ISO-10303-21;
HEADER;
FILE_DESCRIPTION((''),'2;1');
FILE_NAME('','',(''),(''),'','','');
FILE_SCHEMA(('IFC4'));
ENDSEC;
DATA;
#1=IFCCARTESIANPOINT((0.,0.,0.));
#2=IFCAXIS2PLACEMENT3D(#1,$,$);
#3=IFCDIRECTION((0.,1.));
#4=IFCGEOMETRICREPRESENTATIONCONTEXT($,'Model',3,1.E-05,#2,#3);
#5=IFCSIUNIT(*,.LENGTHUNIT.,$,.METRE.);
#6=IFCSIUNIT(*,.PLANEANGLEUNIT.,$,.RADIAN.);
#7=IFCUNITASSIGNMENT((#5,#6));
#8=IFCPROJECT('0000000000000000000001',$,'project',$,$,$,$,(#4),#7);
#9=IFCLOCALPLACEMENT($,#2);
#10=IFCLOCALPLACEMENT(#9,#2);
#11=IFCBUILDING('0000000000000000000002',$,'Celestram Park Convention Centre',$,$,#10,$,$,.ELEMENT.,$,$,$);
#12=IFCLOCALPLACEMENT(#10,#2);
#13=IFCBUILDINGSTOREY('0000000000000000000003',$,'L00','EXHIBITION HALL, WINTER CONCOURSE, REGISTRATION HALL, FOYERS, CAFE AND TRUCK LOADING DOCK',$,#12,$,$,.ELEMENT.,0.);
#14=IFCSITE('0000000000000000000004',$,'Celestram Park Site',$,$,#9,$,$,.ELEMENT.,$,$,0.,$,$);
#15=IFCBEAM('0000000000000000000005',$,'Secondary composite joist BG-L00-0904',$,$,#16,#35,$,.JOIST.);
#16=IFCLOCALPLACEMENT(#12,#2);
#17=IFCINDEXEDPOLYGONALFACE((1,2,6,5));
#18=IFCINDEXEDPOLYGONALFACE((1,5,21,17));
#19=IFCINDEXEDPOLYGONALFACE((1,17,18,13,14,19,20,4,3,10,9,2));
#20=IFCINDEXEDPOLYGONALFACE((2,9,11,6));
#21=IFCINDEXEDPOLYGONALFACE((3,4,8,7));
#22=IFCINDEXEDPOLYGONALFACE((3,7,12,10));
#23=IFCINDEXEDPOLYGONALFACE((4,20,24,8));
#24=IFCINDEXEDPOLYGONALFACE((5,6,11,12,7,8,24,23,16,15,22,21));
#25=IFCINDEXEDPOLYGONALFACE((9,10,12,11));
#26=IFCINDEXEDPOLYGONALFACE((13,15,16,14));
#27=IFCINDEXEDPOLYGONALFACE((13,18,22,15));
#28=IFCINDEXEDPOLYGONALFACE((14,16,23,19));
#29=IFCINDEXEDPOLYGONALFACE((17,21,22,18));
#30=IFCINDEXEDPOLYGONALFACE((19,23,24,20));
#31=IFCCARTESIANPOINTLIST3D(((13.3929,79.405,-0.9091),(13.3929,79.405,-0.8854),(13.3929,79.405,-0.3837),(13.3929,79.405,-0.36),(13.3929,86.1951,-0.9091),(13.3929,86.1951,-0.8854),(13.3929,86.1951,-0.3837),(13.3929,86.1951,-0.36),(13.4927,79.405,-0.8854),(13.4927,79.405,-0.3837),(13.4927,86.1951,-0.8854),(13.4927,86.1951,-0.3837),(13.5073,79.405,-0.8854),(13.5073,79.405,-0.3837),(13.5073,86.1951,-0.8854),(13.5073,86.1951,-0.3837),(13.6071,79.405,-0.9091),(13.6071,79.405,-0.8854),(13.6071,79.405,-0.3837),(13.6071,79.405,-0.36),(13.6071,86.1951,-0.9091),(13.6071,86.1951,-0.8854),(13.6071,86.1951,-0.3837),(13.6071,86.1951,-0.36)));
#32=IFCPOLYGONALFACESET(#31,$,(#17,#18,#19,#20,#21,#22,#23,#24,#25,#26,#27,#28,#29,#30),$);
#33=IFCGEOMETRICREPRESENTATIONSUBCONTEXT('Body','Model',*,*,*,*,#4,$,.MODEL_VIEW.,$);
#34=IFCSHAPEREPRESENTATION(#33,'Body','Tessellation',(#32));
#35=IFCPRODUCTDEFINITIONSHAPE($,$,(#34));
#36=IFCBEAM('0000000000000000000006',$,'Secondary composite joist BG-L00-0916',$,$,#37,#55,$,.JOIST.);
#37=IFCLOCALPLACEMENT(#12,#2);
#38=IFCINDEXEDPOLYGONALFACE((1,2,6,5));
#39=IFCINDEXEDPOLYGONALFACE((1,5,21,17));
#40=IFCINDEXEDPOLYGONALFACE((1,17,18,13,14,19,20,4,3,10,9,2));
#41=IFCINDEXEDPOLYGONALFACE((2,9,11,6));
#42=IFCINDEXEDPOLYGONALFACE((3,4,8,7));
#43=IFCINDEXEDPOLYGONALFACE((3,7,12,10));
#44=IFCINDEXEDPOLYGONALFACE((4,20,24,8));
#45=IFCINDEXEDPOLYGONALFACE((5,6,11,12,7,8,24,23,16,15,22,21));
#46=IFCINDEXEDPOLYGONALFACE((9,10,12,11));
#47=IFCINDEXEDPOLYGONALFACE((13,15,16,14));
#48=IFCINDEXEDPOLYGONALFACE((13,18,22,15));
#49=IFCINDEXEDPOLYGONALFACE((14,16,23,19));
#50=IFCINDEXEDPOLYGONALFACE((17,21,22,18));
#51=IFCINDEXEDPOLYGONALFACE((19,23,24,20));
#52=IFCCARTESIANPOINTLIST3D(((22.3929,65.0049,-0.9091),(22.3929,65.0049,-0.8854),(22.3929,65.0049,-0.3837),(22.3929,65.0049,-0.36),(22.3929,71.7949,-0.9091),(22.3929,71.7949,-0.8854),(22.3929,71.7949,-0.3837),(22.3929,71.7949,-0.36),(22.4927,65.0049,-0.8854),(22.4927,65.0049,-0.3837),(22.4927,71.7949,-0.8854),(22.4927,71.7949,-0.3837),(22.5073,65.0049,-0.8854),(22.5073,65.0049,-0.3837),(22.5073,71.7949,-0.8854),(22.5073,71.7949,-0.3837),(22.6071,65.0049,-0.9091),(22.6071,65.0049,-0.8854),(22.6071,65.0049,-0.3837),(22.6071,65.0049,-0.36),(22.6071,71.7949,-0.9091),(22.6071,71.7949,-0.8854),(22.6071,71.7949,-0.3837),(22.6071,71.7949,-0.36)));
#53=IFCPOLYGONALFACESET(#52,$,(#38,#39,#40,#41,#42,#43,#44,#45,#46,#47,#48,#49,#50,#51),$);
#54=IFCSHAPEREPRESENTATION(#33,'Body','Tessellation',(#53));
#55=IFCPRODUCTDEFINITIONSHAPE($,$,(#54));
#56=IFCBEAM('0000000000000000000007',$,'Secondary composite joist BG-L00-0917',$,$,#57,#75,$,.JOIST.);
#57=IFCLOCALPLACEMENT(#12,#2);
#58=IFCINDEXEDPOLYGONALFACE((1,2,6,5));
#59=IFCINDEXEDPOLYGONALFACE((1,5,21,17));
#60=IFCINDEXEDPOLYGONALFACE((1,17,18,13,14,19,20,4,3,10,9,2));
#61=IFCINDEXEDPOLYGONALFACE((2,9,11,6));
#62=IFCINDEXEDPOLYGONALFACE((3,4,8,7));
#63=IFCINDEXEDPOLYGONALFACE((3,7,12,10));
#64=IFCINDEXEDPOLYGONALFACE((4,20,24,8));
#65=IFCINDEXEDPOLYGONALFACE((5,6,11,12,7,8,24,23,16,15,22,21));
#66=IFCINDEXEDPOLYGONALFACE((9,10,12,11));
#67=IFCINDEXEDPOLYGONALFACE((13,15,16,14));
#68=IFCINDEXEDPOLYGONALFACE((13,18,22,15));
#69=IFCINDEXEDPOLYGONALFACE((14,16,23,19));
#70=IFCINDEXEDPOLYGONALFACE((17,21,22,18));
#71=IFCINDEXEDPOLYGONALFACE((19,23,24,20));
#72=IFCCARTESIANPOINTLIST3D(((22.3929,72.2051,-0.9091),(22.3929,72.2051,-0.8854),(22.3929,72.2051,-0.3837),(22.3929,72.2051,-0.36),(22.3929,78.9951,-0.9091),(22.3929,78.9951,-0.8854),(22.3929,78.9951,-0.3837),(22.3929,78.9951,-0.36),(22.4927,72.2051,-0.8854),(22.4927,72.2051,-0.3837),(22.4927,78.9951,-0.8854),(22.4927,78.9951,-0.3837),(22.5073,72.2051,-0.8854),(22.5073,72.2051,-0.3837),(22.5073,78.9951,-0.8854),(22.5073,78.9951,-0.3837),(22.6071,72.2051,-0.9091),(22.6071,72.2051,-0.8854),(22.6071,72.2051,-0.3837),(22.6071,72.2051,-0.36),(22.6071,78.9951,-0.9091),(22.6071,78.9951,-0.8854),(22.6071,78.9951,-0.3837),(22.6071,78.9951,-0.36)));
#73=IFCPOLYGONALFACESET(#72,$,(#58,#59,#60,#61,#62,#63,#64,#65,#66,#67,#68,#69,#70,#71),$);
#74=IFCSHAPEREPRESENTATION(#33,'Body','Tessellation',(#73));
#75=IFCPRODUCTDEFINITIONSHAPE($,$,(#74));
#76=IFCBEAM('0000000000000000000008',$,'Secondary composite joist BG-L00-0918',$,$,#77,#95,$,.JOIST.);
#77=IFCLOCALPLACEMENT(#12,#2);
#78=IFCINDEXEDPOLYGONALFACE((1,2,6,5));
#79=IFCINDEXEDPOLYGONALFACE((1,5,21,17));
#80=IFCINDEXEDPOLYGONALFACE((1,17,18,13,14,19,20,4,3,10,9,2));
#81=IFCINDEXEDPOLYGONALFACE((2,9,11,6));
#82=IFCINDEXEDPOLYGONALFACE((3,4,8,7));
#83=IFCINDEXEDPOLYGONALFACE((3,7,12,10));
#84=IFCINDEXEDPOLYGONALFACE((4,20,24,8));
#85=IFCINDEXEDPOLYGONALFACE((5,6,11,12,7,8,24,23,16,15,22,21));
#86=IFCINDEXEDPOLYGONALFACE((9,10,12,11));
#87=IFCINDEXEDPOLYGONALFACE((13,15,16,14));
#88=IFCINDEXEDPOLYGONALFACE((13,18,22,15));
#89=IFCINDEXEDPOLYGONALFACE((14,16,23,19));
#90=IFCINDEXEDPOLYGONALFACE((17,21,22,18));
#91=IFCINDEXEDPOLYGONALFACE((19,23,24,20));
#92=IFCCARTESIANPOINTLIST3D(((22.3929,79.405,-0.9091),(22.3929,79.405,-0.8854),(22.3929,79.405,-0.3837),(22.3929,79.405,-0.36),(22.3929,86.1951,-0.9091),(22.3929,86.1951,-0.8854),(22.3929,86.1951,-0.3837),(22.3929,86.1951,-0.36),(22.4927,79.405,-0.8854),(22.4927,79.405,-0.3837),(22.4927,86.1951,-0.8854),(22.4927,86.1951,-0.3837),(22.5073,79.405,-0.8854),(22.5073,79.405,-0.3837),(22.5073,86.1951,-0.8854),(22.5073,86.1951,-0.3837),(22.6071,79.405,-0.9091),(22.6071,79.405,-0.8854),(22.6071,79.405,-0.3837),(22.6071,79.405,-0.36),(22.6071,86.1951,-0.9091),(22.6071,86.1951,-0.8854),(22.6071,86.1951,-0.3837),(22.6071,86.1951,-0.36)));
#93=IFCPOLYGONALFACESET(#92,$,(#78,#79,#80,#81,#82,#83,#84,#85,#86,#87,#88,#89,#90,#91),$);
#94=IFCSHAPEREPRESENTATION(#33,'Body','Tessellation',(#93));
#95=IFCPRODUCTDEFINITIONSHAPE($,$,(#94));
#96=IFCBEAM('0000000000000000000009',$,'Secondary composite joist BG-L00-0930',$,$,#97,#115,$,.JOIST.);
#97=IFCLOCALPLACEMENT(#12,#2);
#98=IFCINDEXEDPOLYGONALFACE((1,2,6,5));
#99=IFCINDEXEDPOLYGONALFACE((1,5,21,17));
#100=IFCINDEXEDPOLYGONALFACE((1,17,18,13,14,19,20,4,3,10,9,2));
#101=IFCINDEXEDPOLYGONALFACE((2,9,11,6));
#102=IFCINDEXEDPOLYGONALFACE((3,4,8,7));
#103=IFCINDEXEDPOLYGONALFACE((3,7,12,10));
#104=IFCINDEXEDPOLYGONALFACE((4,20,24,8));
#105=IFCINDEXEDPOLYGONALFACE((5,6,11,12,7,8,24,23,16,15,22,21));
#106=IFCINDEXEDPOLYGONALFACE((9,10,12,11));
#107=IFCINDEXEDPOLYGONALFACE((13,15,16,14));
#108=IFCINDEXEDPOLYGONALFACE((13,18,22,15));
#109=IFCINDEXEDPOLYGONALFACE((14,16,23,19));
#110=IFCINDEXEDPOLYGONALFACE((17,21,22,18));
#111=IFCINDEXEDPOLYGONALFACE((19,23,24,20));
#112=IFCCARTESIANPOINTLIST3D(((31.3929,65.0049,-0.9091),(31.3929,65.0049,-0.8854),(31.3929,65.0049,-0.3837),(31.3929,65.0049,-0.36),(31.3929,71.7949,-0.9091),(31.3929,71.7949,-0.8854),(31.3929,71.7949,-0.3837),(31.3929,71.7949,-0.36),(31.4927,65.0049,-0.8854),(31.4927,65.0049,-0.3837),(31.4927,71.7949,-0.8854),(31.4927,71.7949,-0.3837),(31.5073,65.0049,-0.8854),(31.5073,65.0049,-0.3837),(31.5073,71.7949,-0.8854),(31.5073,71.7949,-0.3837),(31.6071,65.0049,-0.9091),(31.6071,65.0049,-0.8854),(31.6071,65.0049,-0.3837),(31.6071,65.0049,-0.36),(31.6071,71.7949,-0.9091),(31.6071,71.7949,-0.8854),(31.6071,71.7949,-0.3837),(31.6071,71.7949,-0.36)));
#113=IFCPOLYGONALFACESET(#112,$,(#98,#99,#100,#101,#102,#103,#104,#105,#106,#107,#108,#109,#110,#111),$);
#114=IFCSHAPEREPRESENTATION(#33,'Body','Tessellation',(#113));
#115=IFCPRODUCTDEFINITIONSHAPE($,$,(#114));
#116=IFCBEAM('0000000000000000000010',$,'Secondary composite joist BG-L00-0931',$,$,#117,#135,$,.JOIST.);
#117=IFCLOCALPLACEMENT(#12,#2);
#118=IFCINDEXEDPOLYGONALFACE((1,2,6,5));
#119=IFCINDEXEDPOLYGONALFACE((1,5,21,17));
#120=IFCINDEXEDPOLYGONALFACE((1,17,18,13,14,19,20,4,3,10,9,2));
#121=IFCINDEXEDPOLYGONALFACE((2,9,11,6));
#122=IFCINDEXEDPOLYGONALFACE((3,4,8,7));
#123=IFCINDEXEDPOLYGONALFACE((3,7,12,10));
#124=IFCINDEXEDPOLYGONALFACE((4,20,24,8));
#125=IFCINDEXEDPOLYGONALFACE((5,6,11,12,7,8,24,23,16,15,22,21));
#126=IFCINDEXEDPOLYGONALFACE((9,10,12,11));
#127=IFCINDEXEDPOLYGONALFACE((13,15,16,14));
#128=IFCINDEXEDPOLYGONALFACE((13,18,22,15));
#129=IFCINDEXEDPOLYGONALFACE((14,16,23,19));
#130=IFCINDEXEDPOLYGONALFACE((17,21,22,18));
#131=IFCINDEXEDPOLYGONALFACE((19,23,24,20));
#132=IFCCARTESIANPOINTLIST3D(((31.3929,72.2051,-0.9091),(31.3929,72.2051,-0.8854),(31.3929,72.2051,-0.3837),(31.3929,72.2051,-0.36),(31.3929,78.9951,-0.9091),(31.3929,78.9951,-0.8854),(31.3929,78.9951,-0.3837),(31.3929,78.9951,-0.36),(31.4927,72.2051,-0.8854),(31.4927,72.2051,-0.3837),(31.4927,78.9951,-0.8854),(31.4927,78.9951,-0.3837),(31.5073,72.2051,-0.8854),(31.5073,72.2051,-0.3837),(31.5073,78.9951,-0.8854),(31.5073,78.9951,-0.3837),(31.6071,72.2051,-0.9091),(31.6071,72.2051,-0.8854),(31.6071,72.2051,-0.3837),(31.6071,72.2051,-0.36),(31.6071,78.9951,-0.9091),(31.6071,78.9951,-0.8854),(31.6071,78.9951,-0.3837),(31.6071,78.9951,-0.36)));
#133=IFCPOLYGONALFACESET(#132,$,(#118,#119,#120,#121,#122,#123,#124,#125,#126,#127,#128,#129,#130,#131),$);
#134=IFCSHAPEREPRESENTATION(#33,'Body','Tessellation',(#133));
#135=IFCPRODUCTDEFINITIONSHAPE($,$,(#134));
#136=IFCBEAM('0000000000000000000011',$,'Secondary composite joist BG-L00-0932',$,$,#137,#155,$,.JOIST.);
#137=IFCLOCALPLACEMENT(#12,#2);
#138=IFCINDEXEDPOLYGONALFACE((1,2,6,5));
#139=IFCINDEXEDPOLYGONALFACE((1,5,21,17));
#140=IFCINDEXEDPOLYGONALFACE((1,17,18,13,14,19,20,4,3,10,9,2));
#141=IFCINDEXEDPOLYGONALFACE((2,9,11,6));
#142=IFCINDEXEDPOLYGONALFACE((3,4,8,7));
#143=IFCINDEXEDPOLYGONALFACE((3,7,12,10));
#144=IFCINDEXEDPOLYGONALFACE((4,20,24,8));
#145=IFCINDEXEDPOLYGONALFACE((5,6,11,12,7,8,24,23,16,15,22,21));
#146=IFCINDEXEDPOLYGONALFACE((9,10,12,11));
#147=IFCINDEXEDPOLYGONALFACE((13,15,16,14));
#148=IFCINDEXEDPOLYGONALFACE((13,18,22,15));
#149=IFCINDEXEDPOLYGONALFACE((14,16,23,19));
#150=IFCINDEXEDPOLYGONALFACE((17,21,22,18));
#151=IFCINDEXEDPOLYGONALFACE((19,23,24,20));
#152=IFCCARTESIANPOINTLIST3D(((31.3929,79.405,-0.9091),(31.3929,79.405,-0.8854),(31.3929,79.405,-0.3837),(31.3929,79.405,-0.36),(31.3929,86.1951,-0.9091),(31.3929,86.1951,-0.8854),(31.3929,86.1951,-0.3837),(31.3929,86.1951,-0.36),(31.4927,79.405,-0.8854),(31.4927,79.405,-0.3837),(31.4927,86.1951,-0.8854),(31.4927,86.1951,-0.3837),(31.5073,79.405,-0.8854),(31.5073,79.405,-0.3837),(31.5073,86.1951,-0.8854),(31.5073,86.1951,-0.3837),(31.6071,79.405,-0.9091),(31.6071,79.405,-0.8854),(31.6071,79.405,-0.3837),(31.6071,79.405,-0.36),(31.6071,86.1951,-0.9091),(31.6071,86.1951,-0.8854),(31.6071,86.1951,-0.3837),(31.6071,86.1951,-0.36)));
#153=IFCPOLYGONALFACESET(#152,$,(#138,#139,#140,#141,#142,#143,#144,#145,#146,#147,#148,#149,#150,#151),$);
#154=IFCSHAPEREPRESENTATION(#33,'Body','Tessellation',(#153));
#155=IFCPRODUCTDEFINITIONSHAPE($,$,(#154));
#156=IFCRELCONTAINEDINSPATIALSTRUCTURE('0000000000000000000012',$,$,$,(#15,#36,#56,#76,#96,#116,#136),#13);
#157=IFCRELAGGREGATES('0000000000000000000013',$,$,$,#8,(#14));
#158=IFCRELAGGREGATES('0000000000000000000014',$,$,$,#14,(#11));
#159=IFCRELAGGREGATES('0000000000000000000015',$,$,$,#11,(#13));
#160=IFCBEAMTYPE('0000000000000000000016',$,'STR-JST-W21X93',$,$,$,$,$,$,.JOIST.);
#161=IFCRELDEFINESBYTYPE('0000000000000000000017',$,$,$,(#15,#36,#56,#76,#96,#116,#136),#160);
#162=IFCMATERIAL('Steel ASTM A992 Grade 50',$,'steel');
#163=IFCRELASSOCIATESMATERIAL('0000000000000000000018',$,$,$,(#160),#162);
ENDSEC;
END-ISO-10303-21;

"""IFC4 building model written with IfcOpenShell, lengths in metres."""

from ifc_helpers import new_model, si_unit, direction, frame, origin, origin_2d, place, context, subcontext, project, spatial, i_section, extrude, material, material_profile, profile_set, type_object, element, save


model = new_model("IFC4")

# Units and contexts
model_context = context("Model", 3, precision=1e-05, world=origin(), true_north=direction((0.0, 1.0)))
body_context = subcontext(model_context, "Body", "Model", "MODEL_VIEW")
ifc_project = project(units=[si_unit("LENGTHUNIT", "METRE"), si_unit("PLANEANGLEUNIT", "RADIAN")], contexts=[model_context])

# Site, building, storey
site_placement = place(None, origin())
site = spatial("IfcSite", under=ifc_project, at=site_placement, Name="Celestram Park Site", CompositionType="ELEMENT", RefElevation=0.0)
building_placement = place(site_placement, origin())
building = spatial("IfcBuilding", under=site, at=building_placement, Name="Celestram Park Convention Centre", CompositionType="ELEMENT")
storey_placement = place(building_placement, origin())
storey = spatial("IfcBuildingStorey", under=building, at=storey_placement, Name="L00", Description="EXHIBITION HALL, WINTER CONCOURSE, REGISTRATION HALL, FOYERS, CAFE AND TRUCK LOADING DOCK", CompositionType="ELEMENT", Elevation=0.0)

# Beams
ifc_material = material(Name="Steel ASTM A992 Grade 50", Category="steel")
ifc_material_profile_1 = material_profile(ifc_material, i_section(OverallWidth=0.2141, OverallDepth=0.5491, WebThickness=0.0146, FlangeThickness=0.0237, at=origin_2d()), Name="W21X93")
ifc_profile_set_1 = profile_set([ifc_material_profile_1], Name="Steel ASTM A992 Grade 50")
beam_type_1 = type_object("IfcBeamType", Name="STR-JST-W21X93", PredefinedType="JOIST", material=ifc_profile_set_1)
for number, where, z_axis, x_axis, name in (
    (1, (13.5, 79.405, -0.6345), (0.0, 1.0, 0.0), (-1.0, 0.0, 0.0), "Secondary composite joist BG-L00-0904"),
    (2, (22.5, 65.0049, -0.6345), (0.0, 1.0, 0.0), (-1.0, 0.0, 0.0), "Secondary composite joist BG-L00-0916"),
    (3, (22.5, 72.2051, -0.6345), (0.0, 1.0, 0.0), (-1.0, 0.0, 0.0), "Secondary composite joist BG-L00-0917"),
    (4, (22.5, 79.405, -0.6345), (0.0, 1.0, 0.0), (-1.0, 0.0, 0.0), "Secondary composite joist BG-L00-0918"),
    (5, (31.5, 65.0049, -0.6345), (0.0, 1.0, 0.0), (-1.0, 0.0, 0.0), "Secondary composite joist BG-L00-0930"),
    (6, (31.5, 72.2051, -0.6345), (0.0, 1.0, 0.0), (-1.0, 0.0, 0.0), "Secondary composite joist BG-L00-0931"),
    (7, (31.5, 79.405, -0.6345), (0.0, 1.0, 0.0), (-1.0, 0.0, 0.0), "Secondary composite joist BG-L00-0932"),
):
    element("IfcBeam", number, at=place(storey_placement, frame(where, z_axis=z_axis, x_axis=x_axis)), inside=storey, type_object=beam_type_1, Name=name, PredefinedType="JOIST", context=body_context, shape_type="SweptSolid", body=[
        extrude(i_section(OverallWidth=0.2141, OverallDepth=0.5491, WebThickness=0.0146, FlangeThickness=0.0237, at=origin_2d()), origin(), (0.0, 0.0, 1.0), 6.79),
    ])

save(model, "model.ifc")
